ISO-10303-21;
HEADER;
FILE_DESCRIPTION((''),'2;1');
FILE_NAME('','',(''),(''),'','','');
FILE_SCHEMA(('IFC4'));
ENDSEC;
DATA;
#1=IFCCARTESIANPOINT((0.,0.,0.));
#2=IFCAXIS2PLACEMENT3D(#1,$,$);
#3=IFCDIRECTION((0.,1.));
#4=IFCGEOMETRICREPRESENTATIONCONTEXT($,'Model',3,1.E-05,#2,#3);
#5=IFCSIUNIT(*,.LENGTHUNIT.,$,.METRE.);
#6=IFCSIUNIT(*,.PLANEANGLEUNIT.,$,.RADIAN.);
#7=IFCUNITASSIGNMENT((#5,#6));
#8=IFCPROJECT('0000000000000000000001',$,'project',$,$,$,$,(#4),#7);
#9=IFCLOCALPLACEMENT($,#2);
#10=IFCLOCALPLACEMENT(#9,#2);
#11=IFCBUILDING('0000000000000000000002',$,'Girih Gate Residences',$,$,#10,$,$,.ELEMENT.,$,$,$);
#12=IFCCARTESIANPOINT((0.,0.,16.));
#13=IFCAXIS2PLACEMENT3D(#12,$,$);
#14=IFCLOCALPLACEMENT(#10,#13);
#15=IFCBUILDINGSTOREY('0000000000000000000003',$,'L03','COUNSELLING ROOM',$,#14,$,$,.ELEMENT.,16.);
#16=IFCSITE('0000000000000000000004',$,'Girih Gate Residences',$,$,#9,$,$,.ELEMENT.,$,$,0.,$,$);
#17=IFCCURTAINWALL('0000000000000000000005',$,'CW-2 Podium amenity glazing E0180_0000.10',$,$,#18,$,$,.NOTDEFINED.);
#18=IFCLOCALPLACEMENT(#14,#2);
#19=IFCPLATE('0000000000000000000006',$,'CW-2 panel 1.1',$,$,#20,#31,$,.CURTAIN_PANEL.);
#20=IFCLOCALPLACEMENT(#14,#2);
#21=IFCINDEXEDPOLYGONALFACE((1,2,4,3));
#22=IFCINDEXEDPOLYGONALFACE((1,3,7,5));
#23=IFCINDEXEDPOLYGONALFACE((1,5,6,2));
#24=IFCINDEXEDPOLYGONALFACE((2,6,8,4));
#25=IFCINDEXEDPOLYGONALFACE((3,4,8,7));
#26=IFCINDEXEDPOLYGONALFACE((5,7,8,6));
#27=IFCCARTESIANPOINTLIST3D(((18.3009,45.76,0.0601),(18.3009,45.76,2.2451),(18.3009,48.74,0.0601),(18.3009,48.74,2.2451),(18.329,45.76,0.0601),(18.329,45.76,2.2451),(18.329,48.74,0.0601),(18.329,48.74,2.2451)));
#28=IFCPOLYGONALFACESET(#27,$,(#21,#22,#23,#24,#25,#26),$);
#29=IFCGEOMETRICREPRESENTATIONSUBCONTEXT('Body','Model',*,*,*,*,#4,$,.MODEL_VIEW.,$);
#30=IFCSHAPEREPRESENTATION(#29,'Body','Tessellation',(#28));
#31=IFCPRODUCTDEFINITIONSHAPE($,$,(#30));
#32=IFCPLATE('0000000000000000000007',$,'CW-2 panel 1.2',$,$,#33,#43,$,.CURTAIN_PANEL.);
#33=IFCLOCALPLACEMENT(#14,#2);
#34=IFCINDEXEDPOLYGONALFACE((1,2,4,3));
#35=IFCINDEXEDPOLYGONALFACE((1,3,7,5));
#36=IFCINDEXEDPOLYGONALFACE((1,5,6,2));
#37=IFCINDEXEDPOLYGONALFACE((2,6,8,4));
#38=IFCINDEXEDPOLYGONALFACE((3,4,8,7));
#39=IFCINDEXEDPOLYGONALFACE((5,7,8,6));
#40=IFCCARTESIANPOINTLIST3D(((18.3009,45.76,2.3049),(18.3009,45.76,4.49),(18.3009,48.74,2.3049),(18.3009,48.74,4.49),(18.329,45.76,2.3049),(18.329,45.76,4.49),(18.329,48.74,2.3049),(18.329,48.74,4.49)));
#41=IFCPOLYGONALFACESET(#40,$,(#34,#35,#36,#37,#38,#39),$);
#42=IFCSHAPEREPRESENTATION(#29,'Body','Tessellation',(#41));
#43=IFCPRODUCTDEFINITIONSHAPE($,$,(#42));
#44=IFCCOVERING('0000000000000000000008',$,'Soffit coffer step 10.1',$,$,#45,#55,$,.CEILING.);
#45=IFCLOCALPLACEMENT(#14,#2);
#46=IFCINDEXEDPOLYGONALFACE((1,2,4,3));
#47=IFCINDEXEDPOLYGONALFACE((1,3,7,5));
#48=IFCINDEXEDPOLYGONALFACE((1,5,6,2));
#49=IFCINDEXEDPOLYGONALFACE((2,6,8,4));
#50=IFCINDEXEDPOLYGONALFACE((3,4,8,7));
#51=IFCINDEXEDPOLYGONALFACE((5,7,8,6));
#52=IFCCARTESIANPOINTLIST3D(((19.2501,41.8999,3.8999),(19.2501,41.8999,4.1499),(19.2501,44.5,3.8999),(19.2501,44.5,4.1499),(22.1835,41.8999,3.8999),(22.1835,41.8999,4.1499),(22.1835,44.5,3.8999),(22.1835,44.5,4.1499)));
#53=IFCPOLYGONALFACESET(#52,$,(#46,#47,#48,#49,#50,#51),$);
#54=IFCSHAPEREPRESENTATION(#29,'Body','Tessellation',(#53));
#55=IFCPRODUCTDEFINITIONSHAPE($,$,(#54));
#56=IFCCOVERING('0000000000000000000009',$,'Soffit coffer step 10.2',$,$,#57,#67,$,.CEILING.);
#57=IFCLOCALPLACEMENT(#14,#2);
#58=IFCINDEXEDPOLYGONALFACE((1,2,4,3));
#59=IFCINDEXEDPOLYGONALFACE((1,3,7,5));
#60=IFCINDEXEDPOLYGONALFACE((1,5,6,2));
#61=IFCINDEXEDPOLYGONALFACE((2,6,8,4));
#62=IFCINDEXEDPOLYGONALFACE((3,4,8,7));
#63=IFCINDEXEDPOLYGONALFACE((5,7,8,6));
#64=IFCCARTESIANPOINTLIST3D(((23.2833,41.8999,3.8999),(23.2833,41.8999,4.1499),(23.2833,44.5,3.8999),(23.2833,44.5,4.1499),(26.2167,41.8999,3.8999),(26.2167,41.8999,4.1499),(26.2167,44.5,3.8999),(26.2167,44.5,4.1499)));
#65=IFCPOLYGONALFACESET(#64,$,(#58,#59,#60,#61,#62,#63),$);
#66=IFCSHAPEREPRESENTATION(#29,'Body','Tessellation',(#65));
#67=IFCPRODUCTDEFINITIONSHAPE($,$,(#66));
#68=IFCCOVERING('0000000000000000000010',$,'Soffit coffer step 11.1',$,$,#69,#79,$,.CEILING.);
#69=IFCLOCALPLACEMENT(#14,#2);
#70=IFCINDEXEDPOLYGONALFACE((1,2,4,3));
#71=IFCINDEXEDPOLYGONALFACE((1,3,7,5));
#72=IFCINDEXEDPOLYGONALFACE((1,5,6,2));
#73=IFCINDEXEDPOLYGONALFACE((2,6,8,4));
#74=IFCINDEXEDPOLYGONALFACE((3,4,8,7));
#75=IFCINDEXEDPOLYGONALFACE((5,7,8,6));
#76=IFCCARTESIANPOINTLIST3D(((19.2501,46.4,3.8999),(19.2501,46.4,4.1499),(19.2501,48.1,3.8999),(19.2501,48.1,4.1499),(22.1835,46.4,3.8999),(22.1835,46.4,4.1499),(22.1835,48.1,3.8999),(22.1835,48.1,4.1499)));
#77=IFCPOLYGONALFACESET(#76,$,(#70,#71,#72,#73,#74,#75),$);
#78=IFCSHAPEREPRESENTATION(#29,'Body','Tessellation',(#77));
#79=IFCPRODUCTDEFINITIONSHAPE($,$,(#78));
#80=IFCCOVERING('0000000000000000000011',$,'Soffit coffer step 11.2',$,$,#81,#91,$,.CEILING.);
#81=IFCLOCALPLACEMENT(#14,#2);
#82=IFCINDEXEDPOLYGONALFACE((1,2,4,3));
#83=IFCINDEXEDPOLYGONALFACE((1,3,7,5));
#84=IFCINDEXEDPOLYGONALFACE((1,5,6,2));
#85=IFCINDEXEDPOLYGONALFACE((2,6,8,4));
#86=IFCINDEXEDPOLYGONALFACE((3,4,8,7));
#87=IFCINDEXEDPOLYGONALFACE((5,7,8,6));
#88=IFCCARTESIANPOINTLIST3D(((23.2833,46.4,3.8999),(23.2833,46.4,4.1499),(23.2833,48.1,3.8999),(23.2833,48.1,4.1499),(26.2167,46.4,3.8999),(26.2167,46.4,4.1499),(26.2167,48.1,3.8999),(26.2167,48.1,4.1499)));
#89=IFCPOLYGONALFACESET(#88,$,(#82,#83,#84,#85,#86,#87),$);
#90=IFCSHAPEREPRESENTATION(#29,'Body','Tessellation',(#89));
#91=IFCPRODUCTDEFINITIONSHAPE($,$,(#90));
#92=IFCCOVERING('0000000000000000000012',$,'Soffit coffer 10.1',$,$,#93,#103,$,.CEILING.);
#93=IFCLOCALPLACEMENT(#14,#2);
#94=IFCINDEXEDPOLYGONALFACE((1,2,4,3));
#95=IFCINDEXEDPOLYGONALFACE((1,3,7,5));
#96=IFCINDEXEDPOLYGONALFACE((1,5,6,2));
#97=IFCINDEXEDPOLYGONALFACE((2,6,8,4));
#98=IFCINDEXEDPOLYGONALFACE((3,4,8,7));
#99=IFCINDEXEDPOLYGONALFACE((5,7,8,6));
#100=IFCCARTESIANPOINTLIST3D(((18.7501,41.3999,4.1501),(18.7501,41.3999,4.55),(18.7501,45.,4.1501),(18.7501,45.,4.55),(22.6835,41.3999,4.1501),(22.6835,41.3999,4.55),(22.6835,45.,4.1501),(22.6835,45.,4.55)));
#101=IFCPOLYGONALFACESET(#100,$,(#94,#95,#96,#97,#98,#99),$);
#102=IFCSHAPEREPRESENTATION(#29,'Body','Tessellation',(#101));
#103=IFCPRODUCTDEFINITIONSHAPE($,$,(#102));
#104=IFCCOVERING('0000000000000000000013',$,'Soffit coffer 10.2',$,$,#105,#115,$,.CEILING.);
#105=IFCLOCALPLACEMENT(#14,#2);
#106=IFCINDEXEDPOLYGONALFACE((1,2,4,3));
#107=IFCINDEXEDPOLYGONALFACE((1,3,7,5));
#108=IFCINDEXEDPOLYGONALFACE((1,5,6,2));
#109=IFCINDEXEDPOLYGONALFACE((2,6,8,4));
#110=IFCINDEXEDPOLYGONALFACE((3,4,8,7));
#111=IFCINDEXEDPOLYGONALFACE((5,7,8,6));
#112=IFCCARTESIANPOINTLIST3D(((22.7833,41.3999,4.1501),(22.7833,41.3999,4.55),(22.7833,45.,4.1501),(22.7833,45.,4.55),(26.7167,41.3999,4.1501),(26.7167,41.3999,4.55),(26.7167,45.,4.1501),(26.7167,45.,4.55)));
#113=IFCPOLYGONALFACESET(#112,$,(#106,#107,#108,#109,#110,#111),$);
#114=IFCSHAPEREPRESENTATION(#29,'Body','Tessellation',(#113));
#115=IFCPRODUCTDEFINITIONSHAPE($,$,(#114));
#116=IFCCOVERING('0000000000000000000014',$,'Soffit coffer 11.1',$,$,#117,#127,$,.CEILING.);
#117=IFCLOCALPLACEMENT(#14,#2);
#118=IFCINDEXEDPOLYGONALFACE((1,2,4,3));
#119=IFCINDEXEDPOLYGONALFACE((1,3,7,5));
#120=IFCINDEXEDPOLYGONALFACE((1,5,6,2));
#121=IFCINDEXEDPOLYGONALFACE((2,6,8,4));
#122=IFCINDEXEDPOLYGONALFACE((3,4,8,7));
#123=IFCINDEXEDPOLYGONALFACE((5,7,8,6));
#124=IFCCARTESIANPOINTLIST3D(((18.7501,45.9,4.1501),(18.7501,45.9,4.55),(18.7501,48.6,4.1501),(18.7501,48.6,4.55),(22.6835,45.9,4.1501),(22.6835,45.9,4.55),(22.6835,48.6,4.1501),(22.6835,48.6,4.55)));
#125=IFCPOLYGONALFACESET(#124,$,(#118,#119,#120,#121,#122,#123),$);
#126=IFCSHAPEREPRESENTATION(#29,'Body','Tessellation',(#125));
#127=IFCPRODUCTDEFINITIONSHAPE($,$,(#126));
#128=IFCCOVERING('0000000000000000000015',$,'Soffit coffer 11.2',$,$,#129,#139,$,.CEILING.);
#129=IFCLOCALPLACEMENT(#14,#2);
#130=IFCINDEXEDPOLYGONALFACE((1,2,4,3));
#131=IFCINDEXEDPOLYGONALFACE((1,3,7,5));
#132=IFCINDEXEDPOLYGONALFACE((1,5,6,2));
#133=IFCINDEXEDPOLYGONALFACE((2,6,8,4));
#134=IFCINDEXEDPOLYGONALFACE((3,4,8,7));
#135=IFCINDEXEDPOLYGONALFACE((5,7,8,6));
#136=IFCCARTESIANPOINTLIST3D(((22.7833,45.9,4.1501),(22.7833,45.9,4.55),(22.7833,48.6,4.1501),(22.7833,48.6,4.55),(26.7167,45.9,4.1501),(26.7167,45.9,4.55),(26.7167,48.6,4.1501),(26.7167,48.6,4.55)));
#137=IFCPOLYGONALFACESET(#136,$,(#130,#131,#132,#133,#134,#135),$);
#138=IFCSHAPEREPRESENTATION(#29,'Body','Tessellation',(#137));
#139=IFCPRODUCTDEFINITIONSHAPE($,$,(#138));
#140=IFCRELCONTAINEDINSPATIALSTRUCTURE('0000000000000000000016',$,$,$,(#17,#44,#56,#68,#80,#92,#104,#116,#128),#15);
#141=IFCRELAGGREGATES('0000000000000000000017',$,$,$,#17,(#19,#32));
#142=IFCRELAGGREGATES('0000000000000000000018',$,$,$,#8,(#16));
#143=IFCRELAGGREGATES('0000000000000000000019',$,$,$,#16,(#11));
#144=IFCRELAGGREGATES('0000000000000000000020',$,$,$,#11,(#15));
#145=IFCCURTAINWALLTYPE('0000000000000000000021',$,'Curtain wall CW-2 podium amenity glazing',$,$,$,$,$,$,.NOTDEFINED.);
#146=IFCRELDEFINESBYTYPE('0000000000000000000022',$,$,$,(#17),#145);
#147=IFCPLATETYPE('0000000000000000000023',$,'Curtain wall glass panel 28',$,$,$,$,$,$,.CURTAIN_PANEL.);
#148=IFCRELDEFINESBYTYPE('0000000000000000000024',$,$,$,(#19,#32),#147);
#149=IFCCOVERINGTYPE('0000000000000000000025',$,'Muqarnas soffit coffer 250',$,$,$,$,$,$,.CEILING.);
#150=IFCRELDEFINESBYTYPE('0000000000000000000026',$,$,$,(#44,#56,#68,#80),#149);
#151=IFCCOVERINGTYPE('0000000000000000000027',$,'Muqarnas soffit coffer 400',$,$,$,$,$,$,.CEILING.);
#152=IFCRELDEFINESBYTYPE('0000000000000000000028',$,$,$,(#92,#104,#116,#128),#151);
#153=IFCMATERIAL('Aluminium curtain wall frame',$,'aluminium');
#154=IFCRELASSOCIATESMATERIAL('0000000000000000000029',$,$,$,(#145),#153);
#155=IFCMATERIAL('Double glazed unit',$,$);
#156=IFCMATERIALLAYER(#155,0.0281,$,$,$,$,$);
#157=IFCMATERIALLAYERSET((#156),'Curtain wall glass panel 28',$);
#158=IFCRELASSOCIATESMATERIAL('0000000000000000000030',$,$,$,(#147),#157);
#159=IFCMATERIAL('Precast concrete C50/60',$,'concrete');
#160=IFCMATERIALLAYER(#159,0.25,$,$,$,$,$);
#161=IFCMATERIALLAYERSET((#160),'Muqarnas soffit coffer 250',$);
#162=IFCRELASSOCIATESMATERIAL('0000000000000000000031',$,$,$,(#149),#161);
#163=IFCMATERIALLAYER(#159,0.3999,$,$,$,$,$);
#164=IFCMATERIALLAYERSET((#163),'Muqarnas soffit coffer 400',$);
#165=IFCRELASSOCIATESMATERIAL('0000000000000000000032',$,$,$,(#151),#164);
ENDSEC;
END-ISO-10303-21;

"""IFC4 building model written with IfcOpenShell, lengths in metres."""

from ifc_helpers import new_model, si_unit, direction, frame, origin, origin_2d, place, context, subcontext, project, spatial, rectangle, extrude, material, layer, layer_set, type_object, element, aggregate, save


model = new_model("IFC4")

# Units and contexts
model_context = context("Model", 3, precision=1e-05, world=origin(), true_north=direction((0.0, 1.0)))
body_context = subcontext(model_context, "Body", "Model", "MODEL_VIEW")
ifc_project = project(units=[si_unit("LENGTHUNIT", "METRE"), si_unit("PLANEANGLEUNIT", "RADIAN")], contexts=[model_context])

# Site, building, storey
site_placement = place(None, origin())
site = spatial("IfcSite", under=ifc_project, at=site_placement, Name="Girih Gate Residences", CompositionType="ELEMENT", RefElevation=0.0)
building_placement = place(site_placement, origin())
building = spatial("IfcBuilding", under=site, at=building_placement, Name="Girih Gate Residences", CompositionType="ELEMENT")
storey_placement = place(building_placement, frame((0.0, 0.0, 16.0)))
storey = spatial("IfcBuildingStorey", under=building, at=storey_placement, Name="L03", Description="COUNSELLING ROOM", CompositionType="ELEMENT", Elevation=16.0)

# Shared definitions
ifc_material_1 = material(Name="Aluminium curtain wall frame", Category="aluminium")
curtain_wall_type = type_object("IfcCurtainWallType", Name="Curtain wall CW-2 podium amenity glazing", PredefinedType="NOTDEFINED", material=ifc_material_1)

# Curtain wall
curtain_wall_1_placement = place(storey_placement, origin())
curtain_wall_1 = element("IfcCurtainWall", 1, at=curtain_wall_1_placement, inside=storey, type_object=curtain_wall_type, Name="CW-2 Podium amenity glazing E0180_0000.10", PredefinedType="NOTDEFINED")

# Plates
ifc_material_2 = material(Name="Double glazed unit")
ifc_layer_1 = layer(ifc_material_2, 0.0281)
ifc_layer_set_1 = layer_set([ifc_layer_1], Name="Curtain wall glass panel 28")
plate_type = type_object("IfcPlateType", Name="Curtain wall glass panel 28", PredefinedType="CURTAIN_PANEL", material=ifc_layer_set_1)
plate_1_placement = place(storey_placement, frame((18.3149, 47.25, 0.0601), z_axis=(0.0, 0.0, 1.0), x_axis=(0.0, 1.0, 0.0)))
plate_1 = element("IfcPlate", 2, at=plate_1_placement, type_object=plate_type, Name="CW-2 panel 1.1", PredefinedType="CURTAIN_PANEL", context=body_context, shape_type="SweptSolid", body=[
    extrude(rectangle(XDim=2.98, YDim=0.0281, at=origin_2d()), origin(), (0.0, 0.0, 1.0), 2.1851),
])
plate_2_placement = place(storey_placement, frame((18.3149, 47.25, 2.3049), z_axis=(0.0, 0.0, 1.0), x_axis=(0.0, 1.0, 0.0)))
plate_2 = element("IfcPlate", 3, at=plate_2_placement, type_object=plate_type, Name="CW-2 panel 1.2", PredefinedType="CURTAIN_PANEL", context=body_context, shape_type="SweptSolid", body=[
    extrude(rectangle(XDim=2.98, YDim=0.0281, at=origin_2d()), origin(), (0.0, 0.0, 1.0), 2.1851),
])
aggregate(curtain_wall_1, [plate_1, plate_2])

# Coverings
ifc_material_3 = material(Name="Precast concrete C50/60", Category="concrete")
ifc_layer_2 = layer(ifc_material_3, 0.25)
ifc_layer_set_2 = layer_set([ifc_layer_2], Name="Muqarnas soffit coffer 250")
covering_type_1 = type_object("IfcCoveringType", Name="Muqarnas soffit coffer 250", PredefinedType="CEILING", material=ifc_layer_set_2)
for number, where, z_axis, x_axis, name in (
    (4, (20.7168, 43.2, 3.8999), (0.0, 0.0, 1.0), (1.0, 0.0, 0.0), "Soffit coffer step 10.1"),
    (5, (24.75, 43.2, 3.8999), (0.0, 0.0, 1.0), (1.0, 0.0, 0.0), "Soffit coffer step 10.2"),
):
    element("IfcCovering", number, at=place(storey_placement, frame(where, z_axis=z_axis, x_axis=x_axis)), inside=storey, type_object=covering_type_1, Name=name, PredefinedType="CEILING", context=body_context, shape_type="SweptSolid", body=[
        extrude(rectangle(XDim=2.9333, YDim=2.6001, at=origin_2d()), origin(), (0.0, 0.0, 1.0), 0.25),
    ])
for number, where, z_axis, x_axis, name in (
    (6, (20.7168, 47.25, 3.8999), (0.0, 0.0, 1.0), (1.0, 0.0, 0.0), "Soffit coffer step 11.1"),
    (7, (24.75, 47.25, 3.8999), (0.0, 0.0, 1.0), (1.0, 0.0, 0.0), "Soffit coffer step 11.2"),
):
    element("IfcCovering", number, at=place(storey_placement, frame(where, z_axis=z_axis, x_axis=x_axis)), inside=storey, type_object=covering_type_1, Name=name, PredefinedType="CEILING", context=body_context, shape_type="SweptSolid", body=[
        extrude(rectangle(XDim=2.9333, YDim=1.7, at=origin_2d()), origin(), (0.0, 0.0, 1.0), 0.25),
    ])
ifc_layer_3 = layer(ifc_material_3, 0.3999)
ifc_layer_set_3 = layer_set([ifc_layer_3], Name="Muqarnas soffit coffer 400")
covering_type_2 = type_object("IfcCoveringType", Name="Muqarnas soffit coffer 400", PredefinedType="CEILING", material=ifc_layer_set_3)
for number, where, z_axis, x_axis, name in (
    (8, (20.7168, 43.2, 4.1501), (0.0, 0.0, 1.0), (1.0, 0.0, 0.0), "Soffit coffer 10.1"),
    (9, (24.75, 43.2, 4.1501), (0.0, 0.0, 1.0), (1.0, 0.0, 0.0), "Soffit coffer 10.2"),
):
    element("IfcCovering", number, at=place(storey_placement, frame(where, z_axis=z_axis, x_axis=x_axis)), inside=storey, type_object=covering_type_2, Name=name, PredefinedType="CEILING", context=body_context, shape_type="SweptSolid", body=[
        extrude(rectangle(XDim=3.9333, YDim=3.6001, at=origin_2d()), origin(), (0.0, 0.0, 1.0), 0.3999),
    ])
for number, where, z_axis, x_axis, name in (
    (10, (20.7168, 47.25, 4.1501), (0.0, 0.0, 1.0), (1.0, 0.0, 0.0), "Soffit coffer 11.1"),
    (11, (24.75, 47.25, 4.1501), (0.0, 0.0, 1.0), (1.0, 0.0, 0.0), "Soffit coffer 11.2"),
):
    element("IfcCovering", number, at=place(storey_placement, frame(where, z_axis=z_axis, x_axis=x_axis)), inside=storey, type_object=covering_type_2, Name=name, PredefinedType="CEILING", context=body_context, shape_type="SweptSolid", body=[
        extrude(rectangle(XDim=3.9333, YDim=2.7, at=origin_2d()), origin(), (0.0, 0.0, 1.0), 0.3999),
    ])

save(model, "model.ifc")
